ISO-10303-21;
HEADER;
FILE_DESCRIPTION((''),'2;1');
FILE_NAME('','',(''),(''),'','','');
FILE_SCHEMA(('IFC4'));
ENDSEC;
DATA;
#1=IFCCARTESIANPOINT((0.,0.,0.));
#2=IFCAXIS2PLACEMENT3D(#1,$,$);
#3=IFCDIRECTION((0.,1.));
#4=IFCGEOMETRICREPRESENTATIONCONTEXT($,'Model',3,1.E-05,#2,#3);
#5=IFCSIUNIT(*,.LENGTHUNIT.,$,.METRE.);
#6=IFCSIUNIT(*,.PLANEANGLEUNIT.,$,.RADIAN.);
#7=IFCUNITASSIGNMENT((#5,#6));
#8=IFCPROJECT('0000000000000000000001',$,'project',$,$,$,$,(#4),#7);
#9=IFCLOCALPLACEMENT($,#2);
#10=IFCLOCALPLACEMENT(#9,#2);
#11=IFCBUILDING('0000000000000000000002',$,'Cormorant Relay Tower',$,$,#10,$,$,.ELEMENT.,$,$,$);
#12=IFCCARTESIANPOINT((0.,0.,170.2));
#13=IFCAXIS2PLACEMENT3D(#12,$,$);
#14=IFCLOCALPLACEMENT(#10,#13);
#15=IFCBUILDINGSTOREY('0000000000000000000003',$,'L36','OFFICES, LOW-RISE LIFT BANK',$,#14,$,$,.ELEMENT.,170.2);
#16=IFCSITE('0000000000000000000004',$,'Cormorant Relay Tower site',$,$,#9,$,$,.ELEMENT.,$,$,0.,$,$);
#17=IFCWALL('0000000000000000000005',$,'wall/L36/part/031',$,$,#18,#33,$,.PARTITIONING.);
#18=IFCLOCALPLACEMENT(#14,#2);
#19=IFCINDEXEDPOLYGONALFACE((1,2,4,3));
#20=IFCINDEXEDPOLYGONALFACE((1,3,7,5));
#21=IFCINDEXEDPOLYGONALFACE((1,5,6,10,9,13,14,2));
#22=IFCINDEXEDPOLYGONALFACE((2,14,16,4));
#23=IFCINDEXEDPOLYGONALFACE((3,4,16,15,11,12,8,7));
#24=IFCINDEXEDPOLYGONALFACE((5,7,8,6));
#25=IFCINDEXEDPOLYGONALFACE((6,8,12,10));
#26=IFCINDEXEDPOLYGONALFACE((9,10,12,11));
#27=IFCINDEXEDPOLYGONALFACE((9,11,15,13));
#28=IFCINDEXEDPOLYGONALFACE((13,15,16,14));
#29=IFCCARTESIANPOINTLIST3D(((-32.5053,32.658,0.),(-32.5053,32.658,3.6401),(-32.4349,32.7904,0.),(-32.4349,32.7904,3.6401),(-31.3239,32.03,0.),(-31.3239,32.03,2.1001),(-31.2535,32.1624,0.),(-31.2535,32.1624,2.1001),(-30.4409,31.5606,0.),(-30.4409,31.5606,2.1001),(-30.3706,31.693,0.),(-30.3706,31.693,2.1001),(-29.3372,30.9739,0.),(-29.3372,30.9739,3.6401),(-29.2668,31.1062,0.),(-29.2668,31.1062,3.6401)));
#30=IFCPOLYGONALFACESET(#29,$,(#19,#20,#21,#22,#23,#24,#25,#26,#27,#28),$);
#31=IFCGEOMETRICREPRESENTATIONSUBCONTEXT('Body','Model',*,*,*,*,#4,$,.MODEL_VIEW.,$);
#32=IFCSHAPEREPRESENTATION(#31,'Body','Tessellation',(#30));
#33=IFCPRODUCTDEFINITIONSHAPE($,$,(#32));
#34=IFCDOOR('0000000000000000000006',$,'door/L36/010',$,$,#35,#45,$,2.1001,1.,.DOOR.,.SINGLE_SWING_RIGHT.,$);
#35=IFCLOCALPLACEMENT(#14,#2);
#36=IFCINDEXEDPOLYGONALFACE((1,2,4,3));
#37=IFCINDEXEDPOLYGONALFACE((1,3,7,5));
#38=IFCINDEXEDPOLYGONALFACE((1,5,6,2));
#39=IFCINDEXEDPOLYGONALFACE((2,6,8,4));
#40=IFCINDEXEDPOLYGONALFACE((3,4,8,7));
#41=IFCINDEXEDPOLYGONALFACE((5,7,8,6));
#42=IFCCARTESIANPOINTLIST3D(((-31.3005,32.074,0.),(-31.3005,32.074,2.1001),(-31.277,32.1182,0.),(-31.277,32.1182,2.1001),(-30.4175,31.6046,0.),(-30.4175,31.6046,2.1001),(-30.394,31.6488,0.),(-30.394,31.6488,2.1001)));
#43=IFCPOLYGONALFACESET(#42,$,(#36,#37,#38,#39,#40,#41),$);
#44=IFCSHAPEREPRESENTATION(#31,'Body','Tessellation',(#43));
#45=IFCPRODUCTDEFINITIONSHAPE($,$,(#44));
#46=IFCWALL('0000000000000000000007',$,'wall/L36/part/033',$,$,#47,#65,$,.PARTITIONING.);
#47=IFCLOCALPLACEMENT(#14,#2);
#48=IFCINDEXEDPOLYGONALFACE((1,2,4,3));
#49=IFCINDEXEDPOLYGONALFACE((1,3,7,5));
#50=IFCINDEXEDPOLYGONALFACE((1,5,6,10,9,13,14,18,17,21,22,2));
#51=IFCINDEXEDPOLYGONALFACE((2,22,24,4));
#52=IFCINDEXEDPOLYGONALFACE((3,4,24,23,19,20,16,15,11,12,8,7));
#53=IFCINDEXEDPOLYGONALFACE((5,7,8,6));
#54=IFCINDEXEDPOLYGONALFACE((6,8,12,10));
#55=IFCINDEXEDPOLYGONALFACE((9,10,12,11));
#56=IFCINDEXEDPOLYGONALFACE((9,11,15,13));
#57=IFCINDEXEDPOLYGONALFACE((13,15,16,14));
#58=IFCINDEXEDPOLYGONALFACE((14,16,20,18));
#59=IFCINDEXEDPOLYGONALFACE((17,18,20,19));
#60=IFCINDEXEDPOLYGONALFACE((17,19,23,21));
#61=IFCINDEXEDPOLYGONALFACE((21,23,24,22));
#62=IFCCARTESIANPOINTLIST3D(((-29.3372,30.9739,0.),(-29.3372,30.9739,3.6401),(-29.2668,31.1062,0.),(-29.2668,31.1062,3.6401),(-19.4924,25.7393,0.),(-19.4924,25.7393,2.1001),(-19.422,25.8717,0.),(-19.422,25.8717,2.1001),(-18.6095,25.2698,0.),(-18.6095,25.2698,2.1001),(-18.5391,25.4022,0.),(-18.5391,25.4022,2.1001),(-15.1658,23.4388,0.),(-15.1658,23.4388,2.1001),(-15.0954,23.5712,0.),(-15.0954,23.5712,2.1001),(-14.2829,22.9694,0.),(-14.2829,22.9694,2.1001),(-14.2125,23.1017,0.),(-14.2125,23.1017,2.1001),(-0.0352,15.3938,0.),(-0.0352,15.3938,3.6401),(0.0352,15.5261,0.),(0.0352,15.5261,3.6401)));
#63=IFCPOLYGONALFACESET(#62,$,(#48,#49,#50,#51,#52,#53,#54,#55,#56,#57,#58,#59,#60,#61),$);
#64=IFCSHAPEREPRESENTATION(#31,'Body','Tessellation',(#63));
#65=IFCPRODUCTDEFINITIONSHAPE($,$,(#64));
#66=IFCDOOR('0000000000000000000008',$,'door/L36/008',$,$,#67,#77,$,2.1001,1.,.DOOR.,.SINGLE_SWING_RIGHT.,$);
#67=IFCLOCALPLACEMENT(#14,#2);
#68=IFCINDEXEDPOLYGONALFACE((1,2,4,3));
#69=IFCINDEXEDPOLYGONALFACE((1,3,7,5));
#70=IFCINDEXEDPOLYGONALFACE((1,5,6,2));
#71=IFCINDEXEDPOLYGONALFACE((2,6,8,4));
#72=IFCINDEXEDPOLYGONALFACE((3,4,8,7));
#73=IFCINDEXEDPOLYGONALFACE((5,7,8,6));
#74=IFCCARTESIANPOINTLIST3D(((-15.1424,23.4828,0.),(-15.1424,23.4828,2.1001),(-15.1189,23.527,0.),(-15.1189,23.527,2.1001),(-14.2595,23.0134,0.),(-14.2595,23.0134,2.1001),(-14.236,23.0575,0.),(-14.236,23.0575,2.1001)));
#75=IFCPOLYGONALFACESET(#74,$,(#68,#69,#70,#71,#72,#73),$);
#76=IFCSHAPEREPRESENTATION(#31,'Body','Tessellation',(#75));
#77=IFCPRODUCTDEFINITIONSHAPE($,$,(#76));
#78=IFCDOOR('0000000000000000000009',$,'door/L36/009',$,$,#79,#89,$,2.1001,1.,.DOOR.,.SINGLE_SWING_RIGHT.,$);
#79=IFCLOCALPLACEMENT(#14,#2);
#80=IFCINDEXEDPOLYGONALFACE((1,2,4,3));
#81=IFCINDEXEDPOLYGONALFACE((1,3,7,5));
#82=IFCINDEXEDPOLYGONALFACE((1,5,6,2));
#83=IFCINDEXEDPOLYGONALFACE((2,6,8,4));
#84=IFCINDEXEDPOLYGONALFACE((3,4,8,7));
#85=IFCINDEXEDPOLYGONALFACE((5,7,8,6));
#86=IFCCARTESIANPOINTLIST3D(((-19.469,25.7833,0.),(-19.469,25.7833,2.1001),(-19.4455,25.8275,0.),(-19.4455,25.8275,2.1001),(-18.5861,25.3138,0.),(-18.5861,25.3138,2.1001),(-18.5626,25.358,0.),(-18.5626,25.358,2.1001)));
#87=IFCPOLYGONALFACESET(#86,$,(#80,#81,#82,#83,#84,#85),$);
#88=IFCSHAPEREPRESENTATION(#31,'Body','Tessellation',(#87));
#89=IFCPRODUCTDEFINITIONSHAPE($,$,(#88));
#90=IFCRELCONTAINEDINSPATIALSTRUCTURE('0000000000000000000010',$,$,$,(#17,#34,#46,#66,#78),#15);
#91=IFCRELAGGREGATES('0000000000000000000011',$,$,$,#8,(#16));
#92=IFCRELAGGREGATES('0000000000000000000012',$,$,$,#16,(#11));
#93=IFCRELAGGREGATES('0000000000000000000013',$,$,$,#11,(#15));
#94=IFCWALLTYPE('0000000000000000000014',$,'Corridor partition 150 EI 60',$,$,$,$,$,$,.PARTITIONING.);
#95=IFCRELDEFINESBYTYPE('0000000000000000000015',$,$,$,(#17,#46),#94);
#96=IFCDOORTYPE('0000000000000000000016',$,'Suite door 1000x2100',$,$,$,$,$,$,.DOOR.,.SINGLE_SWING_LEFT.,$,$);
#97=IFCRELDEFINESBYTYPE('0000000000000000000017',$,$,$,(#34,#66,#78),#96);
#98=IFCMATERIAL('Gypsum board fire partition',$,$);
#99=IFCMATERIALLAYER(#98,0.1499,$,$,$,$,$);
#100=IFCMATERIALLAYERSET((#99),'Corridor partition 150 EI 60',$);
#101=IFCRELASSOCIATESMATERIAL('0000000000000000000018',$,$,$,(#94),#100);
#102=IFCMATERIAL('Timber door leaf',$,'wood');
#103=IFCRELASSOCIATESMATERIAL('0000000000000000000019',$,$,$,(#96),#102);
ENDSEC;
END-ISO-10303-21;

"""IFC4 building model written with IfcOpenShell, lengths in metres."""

from ifc_helpers import new_model, si_unit, direction, frame, frame_2d, origin, place, context, subcontext, project, spatial, rectangle, extrude, material, layer, layer_set, type_object, element, fill, save


model = new_model("IFC4")

# Units and contexts
model_context = context("Model", 3, precision=1e-05, world=origin(), true_north=direction((0.0, 1.0)))
body_context = subcontext(model_context, "Body", "Model", "MODEL_VIEW")
ifc_project = project(units=[si_unit("LENGTHUNIT", "METRE"), si_unit("PLANEANGLEUNIT", "RADIAN")], contexts=[model_context])

# Site, building, storey
site_placement = place(None, origin())
site = spatial("IfcSite", under=ifc_project, at=site_placement, Name="Cormorant Relay Tower site", CompositionType="ELEMENT", RefElevation=0.0)
building_placement = place(site_placement, origin())
building = spatial("IfcBuilding", under=site, at=building_placement, Name="Cormorant Relay Tower", CompositionType="ELEMENT")
storey_placement = place(building_placement, frame((0.0, 0.0, 170.2)))
storey = spatial("IfcBuildingStorey", under=building, at=storey_placement, Name="L36", Description="OFFICES, LOW-RISE LIFT BANK", CompositionType="ELEMENT", Elevation=170.2)

# Shared definitions
ifc_material_1 = material(Name="Gypsum board fire partition")
ifc_layer_1 = layer(ifc_material_1, 0.1499)
ifc_layer_set_1 = layer_set([ifc_layer_1], Name="Corridor partition 150 EI 60")
wall_type_1 = type_object("IfcWallType", Name="Corridor partition 150 EI 60", PredefinedType="PARTITIONING", material=ifc_layer_set_1)

# Wall, opening, door
wall_1_placement = place(storey_placement, frame((-29.302, 31.04, 0.0), z_axis=(0.0, 0.0, 1.0), x_axis=(-0.882989, 0.469394, 0.0)))
wall_1 = element("IfcWall", 1, at=wall_1_placement, inside=storey, type_object=wall_type_1, Name="wall/L36/part/031", PredefinedType="PARTITIONING", context=body_context, shape_type="SweptSolid", body=[
    extrude(rectangle(XDim=3.5879, YDim=0.1499, at=frame_2d((1.7939, 0.0))), origin(), (0.0, 0.0, 1.0), 3.6401),
])
opening_1_placement = place(wall_1_placement, frame((1.25, 0.0, 0.0)))
opening_1 = element("IfcOpeningElement", 2, at=opening_1_placement, cuts=wall_1, PredefinedType="OPENING", context=body_context, shape_type="SweptSolid", body=[
    extrude(rectangle(XDim=1.0, YDim=2.1001, at=frame_2d((0.5, 1.05))), frame((0.0, 0.085, 0.0), z_axis=(0.0, -1.0, 0.0), x_axis=(1.0, 0.0, 0.0)), (0.0, 0.0, 1.0), 0.1699),
])
ifc_material_2 = material(Name="Timber door leaf", Category="wood")
door_type_1 = type_object("IfcDoorType", Name="Suite door 1000x2100", OperationType="SINGLE_SWING_LEFT", PredefinedType="DOOR", material=ifc_material_2)
door_1_placement = place(opening_1_placement, frame((1.0, 0.0, 0.0), z_axis=(0.0, 0.0, 1.0), x_axis=(-1.0, 0.0, 0.0)))
door_1 = element("IfcDoor", 3, at=door_1_placement, inside=storey, type_object=door_type_1, Name="door/L36/010", OperationType="SINGLE_SWING_RIGHT", OverallHeight=2.1001, OverallWidth=1.0, PredefinedType="DOOR", context=body_context, shape_type="SweptSolid", body=[
    extrude(rectangle(XDim=1.0, YDim=2.1001, at=frame_2d((0.5, 1.05))), frame((0.0, 0.0249, 0.0), z_axis=(0.0, -1.0, 0.0), x_axis=(1.0, 0.0, 0.0)), (0.0, 0.0, 1.0), 0.05),
])
fill(opening_1, door_1)

# Wall, openings, doors
wall_2_placement = place(storey_placement, frame((-29.302, 31.04, 0.0), z_axis=(0.0, 0.0, 1.0), x_axis=(0.882949, -0.46947, 0.0)))
wall_2 = element("IfcWall", 4, at=wall_2_placement, inside=storey, type_object=wall_type_1, Name="wall/L36/part/033", PredefinedType="PARTITIONING", context=body_context, shape_type="SweptSolid", body=[
    extrude(rectangle(XDim=33.1865, YDim=0.1499, at=frame_2d((16.5933, 0.0))), origin(), (0.0, 0.0, 1.0), 3.6401),
])
opening_2_placement = place(wall_2_placement, frame((16.05, 0.0, 0.0)))
opening_2 = element("IfcOpeningElement", 5, at=opening_2_placement, cuts=wall_2, PredefinedType="OPENING", context=body_context, shape_type="SweptSolid", body=[
    extrude(rectangle(XDim=1.0, YDim=2.1001, at=frame_2d((0.5, 1.05))), frame((0.0, 0.085, 0.0), z_axis=(0.0, -1.0, 0.0), x_axis=(1.0, 0.0, 0.0)), (0.0, 0.0, 1.0), 0.1699),
])
opening_3_placement = place(wall_2_placement, frame((11.1499, 0.0, 0.0)))
opening_3 = element("IfcOpeningElement", 6, at=opening_3_placement, cuts=wall_2, PredefinedType="OPENING", context=body_context, shape_type="SweptSolid", body=[
    extrude(rectangle(XDim=1.0, YDim=2.1001, at=frame_2d((0.5, 1.05))), frame((0.0, 0.085, 0.0), z_axis=(0.0, -1.0, 0.0), x_axis=(1.0, 0.0, 0.0)), (0.0, 0.0, 1.0), 0.1699),
])
door_2_placement = place(opening_2_placement, origin())
door_2 = element("IfcDoor", 7, at=door_2_placement, inside=storey, type_object=door_type_1, Name="door/L36/008", OperationType="SINGLE_SWING_RIGHT", OverallHeight=2.1001, OverallWidth=1.0, PredefinedType="DOOR", context=body_context, shape_type="SweptSolid", body=[
    extrude(rectangle(XDim=1.0, YDim=2.1001, at=frame_2d((0.5, 1.05))), frame((0.0, 0.0249, 0.0), z_axis=(0.0, -1.0, 0.0), x_axis=(1.0, 0.0, 0.0)), (0.0, 0.0, 1.0), 0.05),
])
fill(opening_2, door_2)
door_3_placement = place(opening_3_placement, origin())
door_3 = element("IfcDoor", 8, at=door_3_placement, inside=storey, type_object=door_type_1, Name="door/L36/009", OperationType="SINGLE_SWING_RIGHT", OverallHeight=2.1001, OverallWidth=1.0, PredefinedType="DOOR", context=body_context, shape_type="SweptSolid", body=[
    extrude(rectangle(XDim=1.0, YDim=2.1001, at=frame_2d((0.5, 1.05))), frame((0.0, 0.0249, 0.0), z_axis=(0.0, -1.0, 0.0), x_axis=(1.0, 0.0, 0.0)), (0.0, 0.0, 1.0), 0.05),
])
fill(opening_3, door_3)

save(model, "model.ifc")
